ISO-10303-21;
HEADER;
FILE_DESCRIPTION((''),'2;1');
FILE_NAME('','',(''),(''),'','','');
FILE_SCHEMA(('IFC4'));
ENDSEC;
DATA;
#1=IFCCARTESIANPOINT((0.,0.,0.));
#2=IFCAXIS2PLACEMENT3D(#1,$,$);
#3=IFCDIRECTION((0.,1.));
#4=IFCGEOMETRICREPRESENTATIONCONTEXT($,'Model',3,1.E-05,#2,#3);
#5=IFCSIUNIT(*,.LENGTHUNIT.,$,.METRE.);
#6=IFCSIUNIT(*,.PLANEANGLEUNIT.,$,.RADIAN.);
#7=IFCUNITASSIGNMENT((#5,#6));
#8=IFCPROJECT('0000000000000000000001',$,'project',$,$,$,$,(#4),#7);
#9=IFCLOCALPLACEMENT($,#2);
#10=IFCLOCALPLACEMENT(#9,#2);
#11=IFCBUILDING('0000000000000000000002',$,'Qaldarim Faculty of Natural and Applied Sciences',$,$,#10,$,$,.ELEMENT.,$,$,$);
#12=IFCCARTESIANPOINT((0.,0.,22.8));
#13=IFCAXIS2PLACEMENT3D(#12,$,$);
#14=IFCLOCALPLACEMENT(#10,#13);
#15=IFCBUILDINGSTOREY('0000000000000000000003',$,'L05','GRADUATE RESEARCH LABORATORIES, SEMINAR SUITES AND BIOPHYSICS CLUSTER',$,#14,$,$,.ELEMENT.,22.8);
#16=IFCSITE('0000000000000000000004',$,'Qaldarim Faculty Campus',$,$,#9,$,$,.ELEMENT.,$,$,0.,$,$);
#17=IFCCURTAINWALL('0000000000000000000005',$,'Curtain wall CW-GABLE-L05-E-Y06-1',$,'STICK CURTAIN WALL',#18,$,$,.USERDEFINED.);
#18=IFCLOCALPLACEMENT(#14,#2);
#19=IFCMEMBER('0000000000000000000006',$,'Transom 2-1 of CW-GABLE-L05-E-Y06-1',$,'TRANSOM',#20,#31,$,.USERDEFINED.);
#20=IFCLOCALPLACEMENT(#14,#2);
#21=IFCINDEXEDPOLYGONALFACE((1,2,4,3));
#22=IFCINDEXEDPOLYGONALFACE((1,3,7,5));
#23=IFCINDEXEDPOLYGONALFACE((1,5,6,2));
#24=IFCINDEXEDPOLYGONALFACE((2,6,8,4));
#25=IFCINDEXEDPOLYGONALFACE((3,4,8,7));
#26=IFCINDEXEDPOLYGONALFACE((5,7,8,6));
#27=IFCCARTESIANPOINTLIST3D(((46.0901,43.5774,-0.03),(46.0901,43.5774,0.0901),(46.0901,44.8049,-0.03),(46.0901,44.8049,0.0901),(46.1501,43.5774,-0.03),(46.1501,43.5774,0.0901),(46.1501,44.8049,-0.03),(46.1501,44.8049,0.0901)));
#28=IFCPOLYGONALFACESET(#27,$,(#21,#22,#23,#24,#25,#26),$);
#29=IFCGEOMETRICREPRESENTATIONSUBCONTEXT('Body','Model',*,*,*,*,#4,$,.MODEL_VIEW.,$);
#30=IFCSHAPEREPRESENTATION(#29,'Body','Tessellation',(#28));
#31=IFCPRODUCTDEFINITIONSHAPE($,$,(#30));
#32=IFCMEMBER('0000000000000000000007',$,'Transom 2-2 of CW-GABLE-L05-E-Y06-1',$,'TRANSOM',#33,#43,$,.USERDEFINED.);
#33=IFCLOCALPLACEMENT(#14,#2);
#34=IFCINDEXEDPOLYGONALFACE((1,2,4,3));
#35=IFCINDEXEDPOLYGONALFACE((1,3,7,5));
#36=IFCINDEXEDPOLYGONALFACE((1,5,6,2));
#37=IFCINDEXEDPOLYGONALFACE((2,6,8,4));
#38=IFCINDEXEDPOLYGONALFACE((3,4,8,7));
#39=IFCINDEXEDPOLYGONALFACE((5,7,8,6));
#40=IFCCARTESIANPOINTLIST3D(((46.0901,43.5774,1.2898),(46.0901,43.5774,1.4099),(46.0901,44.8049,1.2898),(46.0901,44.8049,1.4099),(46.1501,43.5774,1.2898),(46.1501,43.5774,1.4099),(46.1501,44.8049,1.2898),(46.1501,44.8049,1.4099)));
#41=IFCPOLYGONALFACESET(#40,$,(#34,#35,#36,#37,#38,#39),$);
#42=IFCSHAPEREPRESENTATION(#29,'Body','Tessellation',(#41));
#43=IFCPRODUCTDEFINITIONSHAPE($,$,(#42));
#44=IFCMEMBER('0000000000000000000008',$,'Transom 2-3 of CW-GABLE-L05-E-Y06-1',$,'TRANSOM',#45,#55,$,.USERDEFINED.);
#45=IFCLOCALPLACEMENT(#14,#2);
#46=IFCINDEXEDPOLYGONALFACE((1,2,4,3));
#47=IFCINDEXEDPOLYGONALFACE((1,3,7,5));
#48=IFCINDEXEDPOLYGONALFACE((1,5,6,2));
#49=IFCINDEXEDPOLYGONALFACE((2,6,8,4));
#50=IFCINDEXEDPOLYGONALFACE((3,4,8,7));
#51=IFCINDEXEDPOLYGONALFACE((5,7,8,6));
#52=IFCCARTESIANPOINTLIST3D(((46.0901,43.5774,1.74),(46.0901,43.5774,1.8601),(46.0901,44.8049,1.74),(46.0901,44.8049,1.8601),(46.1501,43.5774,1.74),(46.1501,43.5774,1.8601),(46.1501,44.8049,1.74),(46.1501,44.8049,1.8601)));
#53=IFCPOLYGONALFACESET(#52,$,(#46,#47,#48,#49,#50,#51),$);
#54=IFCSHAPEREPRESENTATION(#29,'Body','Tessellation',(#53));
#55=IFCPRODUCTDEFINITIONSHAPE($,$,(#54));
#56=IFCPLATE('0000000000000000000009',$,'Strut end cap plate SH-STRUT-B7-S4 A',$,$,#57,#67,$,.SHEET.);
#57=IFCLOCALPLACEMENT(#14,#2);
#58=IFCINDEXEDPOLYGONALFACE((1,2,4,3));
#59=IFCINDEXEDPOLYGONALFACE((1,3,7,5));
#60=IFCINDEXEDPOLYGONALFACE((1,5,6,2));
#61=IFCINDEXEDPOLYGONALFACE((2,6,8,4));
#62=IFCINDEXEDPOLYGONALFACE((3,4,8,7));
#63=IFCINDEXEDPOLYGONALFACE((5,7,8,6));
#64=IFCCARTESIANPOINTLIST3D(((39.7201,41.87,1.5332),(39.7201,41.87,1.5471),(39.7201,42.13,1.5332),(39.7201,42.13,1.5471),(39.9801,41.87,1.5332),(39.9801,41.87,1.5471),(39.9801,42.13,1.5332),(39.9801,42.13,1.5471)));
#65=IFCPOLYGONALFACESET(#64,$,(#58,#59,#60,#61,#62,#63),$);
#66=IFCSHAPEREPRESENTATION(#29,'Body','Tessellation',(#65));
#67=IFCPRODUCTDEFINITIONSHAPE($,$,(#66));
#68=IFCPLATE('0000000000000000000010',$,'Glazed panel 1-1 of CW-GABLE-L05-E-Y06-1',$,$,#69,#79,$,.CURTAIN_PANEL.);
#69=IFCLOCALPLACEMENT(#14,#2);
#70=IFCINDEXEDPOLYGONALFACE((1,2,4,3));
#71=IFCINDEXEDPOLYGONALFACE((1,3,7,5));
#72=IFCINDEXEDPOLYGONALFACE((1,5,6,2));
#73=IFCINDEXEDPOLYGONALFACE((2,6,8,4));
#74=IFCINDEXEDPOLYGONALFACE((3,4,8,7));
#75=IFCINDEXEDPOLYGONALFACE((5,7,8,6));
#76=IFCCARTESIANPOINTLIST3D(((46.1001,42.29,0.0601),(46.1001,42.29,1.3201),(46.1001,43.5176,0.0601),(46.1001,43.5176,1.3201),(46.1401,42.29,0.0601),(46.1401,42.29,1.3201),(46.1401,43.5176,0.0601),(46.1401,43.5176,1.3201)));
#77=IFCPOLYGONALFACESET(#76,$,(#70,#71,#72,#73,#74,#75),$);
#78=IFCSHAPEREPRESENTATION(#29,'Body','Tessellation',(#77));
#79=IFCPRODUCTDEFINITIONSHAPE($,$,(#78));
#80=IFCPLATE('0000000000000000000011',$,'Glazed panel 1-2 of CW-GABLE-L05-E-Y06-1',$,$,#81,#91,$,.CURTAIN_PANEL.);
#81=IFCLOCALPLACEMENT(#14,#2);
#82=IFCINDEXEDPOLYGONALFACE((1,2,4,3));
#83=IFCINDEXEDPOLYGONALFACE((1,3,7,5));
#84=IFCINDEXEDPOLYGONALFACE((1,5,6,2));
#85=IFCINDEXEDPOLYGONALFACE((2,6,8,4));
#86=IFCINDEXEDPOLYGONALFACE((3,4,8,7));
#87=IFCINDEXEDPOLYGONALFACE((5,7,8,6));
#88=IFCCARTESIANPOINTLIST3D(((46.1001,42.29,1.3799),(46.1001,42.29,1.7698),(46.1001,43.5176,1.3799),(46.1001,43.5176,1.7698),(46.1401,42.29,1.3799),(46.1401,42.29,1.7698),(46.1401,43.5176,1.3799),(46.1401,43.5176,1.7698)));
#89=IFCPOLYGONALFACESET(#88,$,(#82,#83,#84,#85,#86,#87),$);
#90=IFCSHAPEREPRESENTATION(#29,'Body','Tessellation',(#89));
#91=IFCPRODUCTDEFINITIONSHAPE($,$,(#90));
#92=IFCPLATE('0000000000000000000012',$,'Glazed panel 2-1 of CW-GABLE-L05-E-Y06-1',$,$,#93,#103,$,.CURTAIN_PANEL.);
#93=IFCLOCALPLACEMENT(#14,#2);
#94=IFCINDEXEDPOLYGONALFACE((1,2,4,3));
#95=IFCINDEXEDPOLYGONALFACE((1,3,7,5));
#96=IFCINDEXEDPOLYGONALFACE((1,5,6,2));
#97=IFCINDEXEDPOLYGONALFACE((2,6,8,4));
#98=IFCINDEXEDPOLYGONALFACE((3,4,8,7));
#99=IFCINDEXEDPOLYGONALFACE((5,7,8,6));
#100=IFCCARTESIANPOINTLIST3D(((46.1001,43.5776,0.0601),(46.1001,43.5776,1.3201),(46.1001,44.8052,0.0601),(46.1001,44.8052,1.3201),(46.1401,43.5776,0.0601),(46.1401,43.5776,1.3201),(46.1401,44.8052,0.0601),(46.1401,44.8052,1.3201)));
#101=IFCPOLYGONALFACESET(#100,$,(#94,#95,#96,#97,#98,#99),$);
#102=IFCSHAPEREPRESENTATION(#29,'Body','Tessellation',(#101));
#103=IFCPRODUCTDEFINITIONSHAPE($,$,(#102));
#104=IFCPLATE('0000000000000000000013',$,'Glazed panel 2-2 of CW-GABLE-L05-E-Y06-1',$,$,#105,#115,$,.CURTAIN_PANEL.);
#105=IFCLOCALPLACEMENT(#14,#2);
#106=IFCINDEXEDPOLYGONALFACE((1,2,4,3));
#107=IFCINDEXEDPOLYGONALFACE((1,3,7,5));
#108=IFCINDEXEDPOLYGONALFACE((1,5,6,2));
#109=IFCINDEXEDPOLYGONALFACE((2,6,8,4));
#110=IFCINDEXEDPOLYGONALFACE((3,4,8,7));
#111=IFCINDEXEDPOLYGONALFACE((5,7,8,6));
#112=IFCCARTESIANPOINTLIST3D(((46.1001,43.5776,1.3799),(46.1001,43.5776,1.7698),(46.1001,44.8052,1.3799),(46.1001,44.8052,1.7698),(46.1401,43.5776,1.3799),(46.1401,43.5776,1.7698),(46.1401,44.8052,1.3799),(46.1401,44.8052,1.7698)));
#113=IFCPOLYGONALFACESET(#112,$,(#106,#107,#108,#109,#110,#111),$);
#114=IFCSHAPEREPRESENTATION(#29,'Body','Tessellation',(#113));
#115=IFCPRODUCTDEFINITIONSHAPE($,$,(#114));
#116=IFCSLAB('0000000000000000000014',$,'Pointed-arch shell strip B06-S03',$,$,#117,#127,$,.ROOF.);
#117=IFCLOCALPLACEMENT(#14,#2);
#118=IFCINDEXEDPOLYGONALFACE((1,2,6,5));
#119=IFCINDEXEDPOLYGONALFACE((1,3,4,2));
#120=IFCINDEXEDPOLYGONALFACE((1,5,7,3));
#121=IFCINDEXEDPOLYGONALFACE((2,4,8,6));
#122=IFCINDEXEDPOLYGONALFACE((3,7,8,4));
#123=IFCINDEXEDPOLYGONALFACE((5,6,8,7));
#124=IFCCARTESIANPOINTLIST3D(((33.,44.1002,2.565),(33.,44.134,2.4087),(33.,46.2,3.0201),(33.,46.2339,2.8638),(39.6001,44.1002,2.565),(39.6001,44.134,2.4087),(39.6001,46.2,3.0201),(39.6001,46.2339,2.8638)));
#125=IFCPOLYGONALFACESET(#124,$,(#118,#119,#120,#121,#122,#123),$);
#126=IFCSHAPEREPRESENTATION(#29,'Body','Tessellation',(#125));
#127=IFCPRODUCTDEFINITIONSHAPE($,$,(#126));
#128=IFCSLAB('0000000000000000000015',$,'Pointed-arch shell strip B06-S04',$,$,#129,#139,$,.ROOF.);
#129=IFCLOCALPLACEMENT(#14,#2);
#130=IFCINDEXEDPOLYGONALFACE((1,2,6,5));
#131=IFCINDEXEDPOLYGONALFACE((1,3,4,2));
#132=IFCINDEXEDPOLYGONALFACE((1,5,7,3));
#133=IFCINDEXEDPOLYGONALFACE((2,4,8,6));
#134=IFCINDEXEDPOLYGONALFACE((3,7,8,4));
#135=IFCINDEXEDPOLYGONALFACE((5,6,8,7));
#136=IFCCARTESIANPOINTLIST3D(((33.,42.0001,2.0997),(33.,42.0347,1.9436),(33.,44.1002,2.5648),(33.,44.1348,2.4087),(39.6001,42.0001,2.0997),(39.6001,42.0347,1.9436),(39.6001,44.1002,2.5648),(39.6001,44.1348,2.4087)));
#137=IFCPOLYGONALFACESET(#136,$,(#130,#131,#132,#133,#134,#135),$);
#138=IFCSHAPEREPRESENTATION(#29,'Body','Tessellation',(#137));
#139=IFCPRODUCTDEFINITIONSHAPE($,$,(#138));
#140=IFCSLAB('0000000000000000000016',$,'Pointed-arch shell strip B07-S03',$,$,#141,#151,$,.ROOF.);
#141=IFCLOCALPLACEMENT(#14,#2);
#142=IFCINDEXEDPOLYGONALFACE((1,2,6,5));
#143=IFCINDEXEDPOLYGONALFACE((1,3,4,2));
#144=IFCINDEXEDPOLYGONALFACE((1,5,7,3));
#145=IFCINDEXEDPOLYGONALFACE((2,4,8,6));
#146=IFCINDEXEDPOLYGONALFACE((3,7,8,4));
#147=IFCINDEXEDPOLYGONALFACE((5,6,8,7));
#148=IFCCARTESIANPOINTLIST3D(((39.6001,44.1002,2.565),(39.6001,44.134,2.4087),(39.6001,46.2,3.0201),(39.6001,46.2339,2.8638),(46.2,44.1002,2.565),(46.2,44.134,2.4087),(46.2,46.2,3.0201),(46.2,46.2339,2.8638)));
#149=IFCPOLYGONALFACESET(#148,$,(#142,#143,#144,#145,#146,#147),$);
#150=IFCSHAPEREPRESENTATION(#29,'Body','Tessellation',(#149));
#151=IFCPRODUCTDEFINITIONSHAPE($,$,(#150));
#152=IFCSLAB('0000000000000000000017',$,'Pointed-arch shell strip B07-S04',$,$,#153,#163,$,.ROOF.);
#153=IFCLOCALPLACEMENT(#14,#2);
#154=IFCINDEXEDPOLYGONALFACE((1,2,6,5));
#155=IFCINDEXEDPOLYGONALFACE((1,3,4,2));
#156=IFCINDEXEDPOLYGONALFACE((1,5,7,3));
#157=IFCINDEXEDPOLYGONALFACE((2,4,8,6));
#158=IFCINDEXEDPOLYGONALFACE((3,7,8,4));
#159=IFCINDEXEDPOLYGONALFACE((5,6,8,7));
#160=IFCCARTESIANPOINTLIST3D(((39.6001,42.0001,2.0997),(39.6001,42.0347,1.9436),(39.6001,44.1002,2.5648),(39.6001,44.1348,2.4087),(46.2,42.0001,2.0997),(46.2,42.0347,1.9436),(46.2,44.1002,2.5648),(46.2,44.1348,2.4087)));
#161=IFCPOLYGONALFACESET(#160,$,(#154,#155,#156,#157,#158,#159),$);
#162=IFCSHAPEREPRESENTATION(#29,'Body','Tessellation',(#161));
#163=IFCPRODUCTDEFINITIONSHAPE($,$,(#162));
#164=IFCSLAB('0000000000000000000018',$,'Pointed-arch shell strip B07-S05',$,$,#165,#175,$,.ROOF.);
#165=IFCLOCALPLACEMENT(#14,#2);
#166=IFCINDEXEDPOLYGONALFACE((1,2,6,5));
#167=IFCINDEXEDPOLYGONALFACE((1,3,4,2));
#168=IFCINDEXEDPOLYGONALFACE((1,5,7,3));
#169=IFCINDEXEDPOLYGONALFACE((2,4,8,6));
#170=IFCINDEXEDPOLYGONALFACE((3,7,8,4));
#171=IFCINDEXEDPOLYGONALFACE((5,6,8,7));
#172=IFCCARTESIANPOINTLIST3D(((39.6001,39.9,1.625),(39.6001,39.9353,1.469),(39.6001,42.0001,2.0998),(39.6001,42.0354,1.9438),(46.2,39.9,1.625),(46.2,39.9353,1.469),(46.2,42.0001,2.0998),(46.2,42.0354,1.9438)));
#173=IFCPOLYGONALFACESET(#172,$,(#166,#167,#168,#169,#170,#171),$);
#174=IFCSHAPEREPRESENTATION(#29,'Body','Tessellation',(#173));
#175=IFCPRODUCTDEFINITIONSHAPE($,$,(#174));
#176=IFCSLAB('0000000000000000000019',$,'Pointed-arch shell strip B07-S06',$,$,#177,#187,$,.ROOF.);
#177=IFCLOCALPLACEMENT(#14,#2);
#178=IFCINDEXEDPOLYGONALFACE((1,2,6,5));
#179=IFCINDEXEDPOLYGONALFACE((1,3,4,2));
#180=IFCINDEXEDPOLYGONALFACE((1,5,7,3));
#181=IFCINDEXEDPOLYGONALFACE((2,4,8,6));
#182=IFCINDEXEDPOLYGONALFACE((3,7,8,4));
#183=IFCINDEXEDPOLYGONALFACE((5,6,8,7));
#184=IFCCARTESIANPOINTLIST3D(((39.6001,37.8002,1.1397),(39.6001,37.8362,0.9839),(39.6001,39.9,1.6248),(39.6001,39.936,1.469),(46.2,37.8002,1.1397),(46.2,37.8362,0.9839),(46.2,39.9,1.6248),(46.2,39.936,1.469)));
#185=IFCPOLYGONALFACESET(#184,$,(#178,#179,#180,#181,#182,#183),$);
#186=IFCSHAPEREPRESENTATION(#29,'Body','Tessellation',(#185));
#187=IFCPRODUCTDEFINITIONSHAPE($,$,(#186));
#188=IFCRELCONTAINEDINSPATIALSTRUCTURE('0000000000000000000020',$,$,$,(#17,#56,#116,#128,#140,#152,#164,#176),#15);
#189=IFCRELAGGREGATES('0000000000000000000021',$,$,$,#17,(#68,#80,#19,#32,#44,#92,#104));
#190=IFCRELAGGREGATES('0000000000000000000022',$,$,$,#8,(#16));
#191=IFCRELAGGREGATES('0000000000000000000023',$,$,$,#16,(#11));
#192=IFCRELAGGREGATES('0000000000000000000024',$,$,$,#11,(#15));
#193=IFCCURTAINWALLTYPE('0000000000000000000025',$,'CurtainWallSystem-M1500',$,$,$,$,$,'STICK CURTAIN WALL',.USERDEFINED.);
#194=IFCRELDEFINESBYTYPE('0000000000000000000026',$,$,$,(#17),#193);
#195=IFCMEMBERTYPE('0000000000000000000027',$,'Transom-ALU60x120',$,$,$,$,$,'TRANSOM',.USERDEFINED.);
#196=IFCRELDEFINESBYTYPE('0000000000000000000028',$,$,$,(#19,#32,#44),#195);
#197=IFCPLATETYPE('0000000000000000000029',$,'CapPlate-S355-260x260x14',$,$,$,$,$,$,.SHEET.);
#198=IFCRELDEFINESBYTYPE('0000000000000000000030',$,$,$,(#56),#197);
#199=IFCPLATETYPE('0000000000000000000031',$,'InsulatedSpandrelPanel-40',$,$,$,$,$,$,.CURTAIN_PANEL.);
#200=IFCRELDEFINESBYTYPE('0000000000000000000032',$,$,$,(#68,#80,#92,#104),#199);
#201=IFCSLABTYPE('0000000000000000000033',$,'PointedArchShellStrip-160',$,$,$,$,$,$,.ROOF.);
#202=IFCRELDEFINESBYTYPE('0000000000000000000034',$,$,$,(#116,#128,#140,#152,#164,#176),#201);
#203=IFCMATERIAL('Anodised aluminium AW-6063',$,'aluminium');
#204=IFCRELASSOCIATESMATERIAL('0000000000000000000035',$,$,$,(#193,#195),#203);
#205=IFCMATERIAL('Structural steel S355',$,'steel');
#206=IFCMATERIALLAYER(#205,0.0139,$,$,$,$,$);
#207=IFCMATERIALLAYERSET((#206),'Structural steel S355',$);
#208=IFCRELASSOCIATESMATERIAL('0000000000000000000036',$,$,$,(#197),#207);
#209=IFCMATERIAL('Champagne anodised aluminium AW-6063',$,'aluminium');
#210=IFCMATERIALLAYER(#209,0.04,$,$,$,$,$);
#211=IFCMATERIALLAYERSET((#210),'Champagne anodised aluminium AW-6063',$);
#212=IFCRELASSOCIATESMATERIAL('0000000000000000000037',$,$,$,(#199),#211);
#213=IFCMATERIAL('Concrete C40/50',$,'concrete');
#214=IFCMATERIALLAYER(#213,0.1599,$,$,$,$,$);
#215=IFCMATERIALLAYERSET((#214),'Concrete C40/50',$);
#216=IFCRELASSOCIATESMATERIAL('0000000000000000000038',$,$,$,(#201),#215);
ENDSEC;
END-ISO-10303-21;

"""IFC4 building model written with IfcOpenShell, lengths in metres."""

from ifc_helpers import new_model, si_unit, direction, frame, origin, origin_2d, place, context, subcontext, project, spatial, polyline, rectangle, outline, extrude, material, layer, layer_set, material_profile, profile_set, type_object, element, aggregate, save


model = new_model("IFC4")

# Units and contexts
model_context = context("Model", 3, precision=1e-05, world=origin(), true_north=direction((0.0, 1.0)))
body_context = subcontext(model_context, "Body", "Model", "MODEL_VIEW")
ifc_project = project(units=[si_unit("LENGTHUNIT", "METRE"), si_unit("PLANEANGLEUNIT", "RADIAN")], contexts=[model_context])

# Site, building, storey
site_placement = place(None, origin())
site = spatial("IfcSite", under=ifc_project, at=site_placement, Name="Qaldarim Faculty Campus", CompositionType="ELEMENT", RefElevation=0.0)
building_placement = place(site_placement, origin())
building = spatial("IfcBuilding", under=site, at=building_placement, Name="Qaldarim Faculty of Natural and Applied Sciences", CompositionType="ELEMENT")
storey_placement = place(building_placement, frame((0.0, 0.0, 22.8)))
storey = spatial("IfcBuildingStorey", under=building, at=storey_placement, Name="L05", Description="GRADUATE RESEARCH LABORATORIES, SEMINAR SUITES AND BIOPHYSICS CLUSTER", CompositionType="ELEMENT", Elevation=22.8)

# Curtain wall
ifc_material_1 = material(Name="Anodised aluminium AW-6063", Category="aluminium")
curtain_wall_type = type_object("IfcCurtainWallType", Name="CurtainWallSystem-M1500", ElementType="STICK CURTAIN WALL", PredefinedType="USERDEFINED", material=ifc_material_1)
curtain_wall_1_placement = place(storey_placement, origin())
curtain_wall_1 = element("IfcCurtainWall", 1, at=curtain_wall_1_placement, inside=storey, type_object=curtain_wall_type, Name="Curtain wall CW-GABLE-L05-E-Y06-1", ObjectType="STICK CURTAIN WALL", PredefinedType="USERDEFINED")

# Members
ifc_material_2 = material(Name="Structural steel S355", Category="steel")
ifc_material_profile_1 = material_profile(ifc_material_1, rectangle(XDim=0.0601, YDim=0.1201, at=origin_2d()), Name="ALU-T60x120")
ifc_profile_set_1 = profile_set([ifc_material_profile_1], Name="Anodised aluminium AW-6063")
member_type_1 = type_object("IfcMemberType", Name="Transom-ALU60x120", ElementType="TRANSOM", PredefinedType="USERDEFINED", material=ifc_profile_set_1)
member_1_placement = place(storey_placement, frame((46.1201, 43.5774, 0.03), z_axis=(0.0, 1.0, 0.0), x_axis=(-1.0, 0.0, 0.0)))
member_1 = element("IfcMember", 2, at=member_1_placement, type_object=member_type_1, Name="Transom 2-1 of CW-GABLE-L05-E-Y06-1", ObjectType="TRANSOM", PredefinedType="USERDEFINED", context=body_context, shape_type="SweptSolid", body=[
    extrude(rectangle(XDim=0.0601, YDim=0.1201, at=origin_2d()), origin(), (0.0, 0.0, 1.0), 1.2275),
])
member_2_placement = place(storey_placement, frame((46.1201, 43.5774, 1.3499), z_axis=(0.0, 1.0, 0.0), x_axis=(-1.0, 0.0, 0.0)))
member_2 = element("IfcMember", 3, at=member_2_placement, type_object=member_type_1, Name="Transom 2-2 of CW-GABLE-L05-E-Y06-1", ObjectType="TRANSOM", PredefinedType="USERDEFINED", context=body_context, shape_type="SweptSolid", body=[
    extrude(rectangle(XDim=0.0601, YDim=0.1201, at=origin_2d()), origin(), (0.0, 0.0, 1.0), 1.2275),
])
member_3_placement = place(storey_placement, frame((46.1201, 43.5774, 1.8), z_axis=(0.0, 1.0, 0.0), x_axis=(-1.0, 0.0, 0.0)))
member_3 = element("IfcMember", 4, at=member_3_placement, type_object=member_type_1, Name="Transom 2-3 of CW-GABLE-L05-E-Y06-1", ObjectType="TRANSOM", PredefinedType="USERDEFINED", context=body_context, shape_type="SweptSolid", body=[
    extrude(rectangle(XDim=0.0601, YDim=0.1201, at=origin_2d()), origin(), (0.0, 0.0, 1.0), 1.2275),
])

# Plates
ifc_layer_1 = layer(ifc_material_2, 0.0139)
ifc_layer_set_1 = layer_set([ifc_layer_1], Name="Structural steel S355")
plate_type_1 = type_object("IfcPlateType", Name="CapPlate-S355-260x260x14", PredefinedType="SHEET", material=ifc_layer_set_1)
plate_1_placement = place(storey_placement, frame((39.8501, 42.0, 1.5332), z_axis=(0.0, 0.0, 1.0), x_axis=(1.0, 0.0, 0.0)))
element("IfcPlate", 5, at=plate_1_placement, inside=storey, type_object=plate_type_1, Name="Strut end cap plate SH-STRUT-B7-S4 A", PredefinedType="SHEET", context=body_context, shape_type="SweptSolid", body=[
    extrude(rectangle(XDim=0.26, YDim=0.26, at=origin_2d()), origin(), (0.0, 0.0, 1.0), 0.0139),
])
ifc_material_3 = material(Name="Champagne anodised aluminium AW-6063", Category="aluminium")
ifc_layer_2 = layer(ifc_material_3, 0.04)
ifc_layer_set_2 = layer_set([ifc_layer_2], Name="Champagne anodised aluminium AW-6063")
plate_type_2 = type_object("IfcPlateType", Name="InsulatedSpandrelPanel-40", PredefinedType="CURTAIN_PANEL", material=ifc_layer_set_2)
plate_2_placement = place(storey_placement, frame((46.1201, 42.9038, 0.0601), z_axis=(0.0, 0.0, 1.0), x_axis=(0.0, 1.0, 0.0)))
plate_2 = element("IfcPlate", 6, at=plate_2_placement, type_object=plate_type_2, Name="Glazed panel 1-1 of CW-GABLE-L05-E-Y06-1", PredefinedType="CURTAIN_PANEL", context=body_context, shape_type="SweptSolid", body=[
    extrude(rectangle(XDim=1.2275, YDim=0.04, at=origin_2d()), origin(), (0.0, 0.0, 1.0), 1.26),
])
plate_3_placement = place(storey_placement, frame((46.1201, 42.9038, 1.3799), z_axis=(0.0, 0.0, 1.0), x_axis=(0.0, 1.0, 0.0)))
plate_3 = element("IfcPlate", 7, at=plate_3_placement, type_object=plate_type_2, Name="Glazed panel 1-2 of CW-GABLE-L05-E-Y06-1", PredefinedType="CURTAIN_PANEL", context=body_context, shape_type="SweptSolid", body=[
    extrude(rectangle(XDim=1.2275, YDim=0.04, at=origin_2d()), origin(), (0.0, 0.0, 1.0), 0.3899),
])
plate_4_placement = place(storey_placement, frame((46.1201, 44.1914, 0.0601), z_axis=(0.0, 0.0, 1.0), x_axis=(0.0, 1.0, 0.0)))
plate_4 = element("IfcPlate", 8, at=plate_4_placement, type_object=plate_type_2, Name="Glazed panel 2-1 of CW-GABLE-L05-E-Y06-1", PredefinedType="CURTAIN_PANEL", context=body_context, shape_type="SweptSolid", body=[
    extrude(rectangle(XDim=1.2275, YDim=0.04, at=origin_2d()), origin(), (0.0, 0.0, 1.0), 1.26),
])
plate_5_placement = place(storey_placement, frame((46.1201, 44.1914, 1.3799), z_axis=(0.0, 0.0, 1.0), x_axis=(0.0, 1.0, 0.0)))
plate_5 = element("IfcPlate", 9, at=plate_5_placement, type_object=plate_type_2, Name="Glazed panel 2-2 of CW-GABLE-L05-E-Y06-1", PredefinedType="CURTAIN_PANEL", context=body_context, shape_type="SweptSolid", body=[
    extrude(rectangle(XDim=1.2275, YDim=0.04, at=origin_2d()), origin(), (0.0, 0.0, 1.0), 0.3899),
])
aggregate(curtain_wall_1, [plate_2, plate_3, member_1, member_2, member_3, plate_4, plate_5])

# Slabs
ifc_material_4 = material(Name="Concrete C40/50", Category="concrete")
ifc_layer_3 = layer(ifc_material_4, 0.1599)
ifc_layer_set_3 = layer_set([ifc_layer_3], Name="Concrete C40/50")
slab_type = type_object("IfcSlabType", Name="PointedArchShellStrip-160", PredefinedType="ROOF", material=ifc_layer_set_3)
slab_1_placement = place(storey_placement, frame((33.0, 44.134, 2.4087), z_axis=(0.0, -0.211802, 0.977313), x_axis=(1.0, 0.0, 0.0)))
element("IfcSlab", 10, at=slab_1_placement, inside=storey, type_object=slab_type, Name="Pointed-arch shell strip B06-S03", PredefinedType="ROOF", context=body_context, shape_type="SweptSolid", body=[
    extrude(outline(polyline([(0.0, 0.0), (6.6001, 0.0), (6.6001, 2.1486), (0.0, 2.1486), (0.0, 0.0)])), origin(), (0.0, 0.0, 1.0), 0.1599),
])
slab_2_placement = place(storey_placement, frame((33.0, 42.0347, 1.9436), z_axis=(0.0, -0.216221, 0.976344), x_axis=(1.0, 0.0, 0.0)))
element("IfcSlab", 11, at=slab_2_placement, inside=storey, type_object=slab_type, Name="Pointed-arch shell strip B06-S04", PredefinedType="ROOF", context=body_context, shape_type="SweptSolid", body=[
    extrude(outline(polyline([(0.0, 0.0), (6.6001, 0.0), (6.6001, 2.151), (0.0, 2.151), (0.0, 0.0)])), origin(), (0.0, 0.0, 1.0), 0.1599),
])
slab_3_placement = place(storey_placement, frame((39.6001, 44.134, 2.4087), z_axis=(0.0, -0.211802, 0.977313), x_axis=(1.0, 0.0, 0.0)))
element("IfcSlab", 12, at=slab_3_placement, inside=storey, type_object=slab_type, Name="Pointed-arch shell strip B07-S03", PredefinedType="ROOF", context=body_context, shape_type="SweptSolid", body=[
    extrude(outline(polyline([(0.0, 0.0), (6.5999, 0.0), (6.5999, 2.1486), (0.0, 2.1486), (0.0, 0.0)])), origin(), (0.0, 0.0, 1.0), 0.1599),
])
slab_4_placement = place(storey_placement, frame((39.6001, 42.0347, 1.9436), z_axis=(0.0, -0.216221, 0.976344), x_axis=(1.0, 0.0, 0.0)))
element("IfcSlab", 13, at=slab_4_placement, inside=storey, type_object=slab_type, Name="Pointed-arch shell strip B07-S04", PredefinedType="ROOF", context=body_context, shape_type="SweptSolid", body=[
    extrude(outline(polyline([(0.0, 0.0), (6.5999, 0.0), (6.5999, 2.151), (0.0, 2.151), (0.0, 0.0)])), origin(), (0.0, 0.0, 1.0), 0.1599),
])
slab_5_placement = place(storey_placement, frame((39.6001, 39.9353, 1.469), z_axis=(0.0, -0.220543, 0.975377), x_axis=(1.0, 0.0, 0.0)))
element("IfcSlab", 14, at=slab_5_placement, inside=storey, type_object=slab_type, Name="Pointed-arch shell strip B07-S05", PredefinedType="ROOF", context=body_context, shape_type="SweptSolid", body=[
    extrude(outline(polyline([(0.0, 0.0), (6.5999, 0.0), (6.5999, 2.1531), (0.0, 2.1531), (0.0, 0.0)])), origin(), (0.0, 0.0, 1.0), 0.1599),
])
slab_6_placement = place(storey_placement, frame((39.6001, 37.8362, 0.9839), z_axis=(0.0, -0.225091, 0.974338), x_axis=(1.0, 0.0, 0.0)))
element("IfcSlab", 15, at=slab_6_placement, inside=storey, type_object=slab_type, Name="Pointed-arch shell strip B07-S06", PredefinedType="ROOF", context=body_context, shape_type="SweptSolid", body=[
    extrude(outline(polyline([(0.0, 0.0), (6.5999, 0.0), (6.5999, 2.1552), (0.0, 2.1552), (0.0, 0.0)])), origin(), (0.0, 0.0, 1.0), 0.1599),
])

save(model, "model.ifc")
